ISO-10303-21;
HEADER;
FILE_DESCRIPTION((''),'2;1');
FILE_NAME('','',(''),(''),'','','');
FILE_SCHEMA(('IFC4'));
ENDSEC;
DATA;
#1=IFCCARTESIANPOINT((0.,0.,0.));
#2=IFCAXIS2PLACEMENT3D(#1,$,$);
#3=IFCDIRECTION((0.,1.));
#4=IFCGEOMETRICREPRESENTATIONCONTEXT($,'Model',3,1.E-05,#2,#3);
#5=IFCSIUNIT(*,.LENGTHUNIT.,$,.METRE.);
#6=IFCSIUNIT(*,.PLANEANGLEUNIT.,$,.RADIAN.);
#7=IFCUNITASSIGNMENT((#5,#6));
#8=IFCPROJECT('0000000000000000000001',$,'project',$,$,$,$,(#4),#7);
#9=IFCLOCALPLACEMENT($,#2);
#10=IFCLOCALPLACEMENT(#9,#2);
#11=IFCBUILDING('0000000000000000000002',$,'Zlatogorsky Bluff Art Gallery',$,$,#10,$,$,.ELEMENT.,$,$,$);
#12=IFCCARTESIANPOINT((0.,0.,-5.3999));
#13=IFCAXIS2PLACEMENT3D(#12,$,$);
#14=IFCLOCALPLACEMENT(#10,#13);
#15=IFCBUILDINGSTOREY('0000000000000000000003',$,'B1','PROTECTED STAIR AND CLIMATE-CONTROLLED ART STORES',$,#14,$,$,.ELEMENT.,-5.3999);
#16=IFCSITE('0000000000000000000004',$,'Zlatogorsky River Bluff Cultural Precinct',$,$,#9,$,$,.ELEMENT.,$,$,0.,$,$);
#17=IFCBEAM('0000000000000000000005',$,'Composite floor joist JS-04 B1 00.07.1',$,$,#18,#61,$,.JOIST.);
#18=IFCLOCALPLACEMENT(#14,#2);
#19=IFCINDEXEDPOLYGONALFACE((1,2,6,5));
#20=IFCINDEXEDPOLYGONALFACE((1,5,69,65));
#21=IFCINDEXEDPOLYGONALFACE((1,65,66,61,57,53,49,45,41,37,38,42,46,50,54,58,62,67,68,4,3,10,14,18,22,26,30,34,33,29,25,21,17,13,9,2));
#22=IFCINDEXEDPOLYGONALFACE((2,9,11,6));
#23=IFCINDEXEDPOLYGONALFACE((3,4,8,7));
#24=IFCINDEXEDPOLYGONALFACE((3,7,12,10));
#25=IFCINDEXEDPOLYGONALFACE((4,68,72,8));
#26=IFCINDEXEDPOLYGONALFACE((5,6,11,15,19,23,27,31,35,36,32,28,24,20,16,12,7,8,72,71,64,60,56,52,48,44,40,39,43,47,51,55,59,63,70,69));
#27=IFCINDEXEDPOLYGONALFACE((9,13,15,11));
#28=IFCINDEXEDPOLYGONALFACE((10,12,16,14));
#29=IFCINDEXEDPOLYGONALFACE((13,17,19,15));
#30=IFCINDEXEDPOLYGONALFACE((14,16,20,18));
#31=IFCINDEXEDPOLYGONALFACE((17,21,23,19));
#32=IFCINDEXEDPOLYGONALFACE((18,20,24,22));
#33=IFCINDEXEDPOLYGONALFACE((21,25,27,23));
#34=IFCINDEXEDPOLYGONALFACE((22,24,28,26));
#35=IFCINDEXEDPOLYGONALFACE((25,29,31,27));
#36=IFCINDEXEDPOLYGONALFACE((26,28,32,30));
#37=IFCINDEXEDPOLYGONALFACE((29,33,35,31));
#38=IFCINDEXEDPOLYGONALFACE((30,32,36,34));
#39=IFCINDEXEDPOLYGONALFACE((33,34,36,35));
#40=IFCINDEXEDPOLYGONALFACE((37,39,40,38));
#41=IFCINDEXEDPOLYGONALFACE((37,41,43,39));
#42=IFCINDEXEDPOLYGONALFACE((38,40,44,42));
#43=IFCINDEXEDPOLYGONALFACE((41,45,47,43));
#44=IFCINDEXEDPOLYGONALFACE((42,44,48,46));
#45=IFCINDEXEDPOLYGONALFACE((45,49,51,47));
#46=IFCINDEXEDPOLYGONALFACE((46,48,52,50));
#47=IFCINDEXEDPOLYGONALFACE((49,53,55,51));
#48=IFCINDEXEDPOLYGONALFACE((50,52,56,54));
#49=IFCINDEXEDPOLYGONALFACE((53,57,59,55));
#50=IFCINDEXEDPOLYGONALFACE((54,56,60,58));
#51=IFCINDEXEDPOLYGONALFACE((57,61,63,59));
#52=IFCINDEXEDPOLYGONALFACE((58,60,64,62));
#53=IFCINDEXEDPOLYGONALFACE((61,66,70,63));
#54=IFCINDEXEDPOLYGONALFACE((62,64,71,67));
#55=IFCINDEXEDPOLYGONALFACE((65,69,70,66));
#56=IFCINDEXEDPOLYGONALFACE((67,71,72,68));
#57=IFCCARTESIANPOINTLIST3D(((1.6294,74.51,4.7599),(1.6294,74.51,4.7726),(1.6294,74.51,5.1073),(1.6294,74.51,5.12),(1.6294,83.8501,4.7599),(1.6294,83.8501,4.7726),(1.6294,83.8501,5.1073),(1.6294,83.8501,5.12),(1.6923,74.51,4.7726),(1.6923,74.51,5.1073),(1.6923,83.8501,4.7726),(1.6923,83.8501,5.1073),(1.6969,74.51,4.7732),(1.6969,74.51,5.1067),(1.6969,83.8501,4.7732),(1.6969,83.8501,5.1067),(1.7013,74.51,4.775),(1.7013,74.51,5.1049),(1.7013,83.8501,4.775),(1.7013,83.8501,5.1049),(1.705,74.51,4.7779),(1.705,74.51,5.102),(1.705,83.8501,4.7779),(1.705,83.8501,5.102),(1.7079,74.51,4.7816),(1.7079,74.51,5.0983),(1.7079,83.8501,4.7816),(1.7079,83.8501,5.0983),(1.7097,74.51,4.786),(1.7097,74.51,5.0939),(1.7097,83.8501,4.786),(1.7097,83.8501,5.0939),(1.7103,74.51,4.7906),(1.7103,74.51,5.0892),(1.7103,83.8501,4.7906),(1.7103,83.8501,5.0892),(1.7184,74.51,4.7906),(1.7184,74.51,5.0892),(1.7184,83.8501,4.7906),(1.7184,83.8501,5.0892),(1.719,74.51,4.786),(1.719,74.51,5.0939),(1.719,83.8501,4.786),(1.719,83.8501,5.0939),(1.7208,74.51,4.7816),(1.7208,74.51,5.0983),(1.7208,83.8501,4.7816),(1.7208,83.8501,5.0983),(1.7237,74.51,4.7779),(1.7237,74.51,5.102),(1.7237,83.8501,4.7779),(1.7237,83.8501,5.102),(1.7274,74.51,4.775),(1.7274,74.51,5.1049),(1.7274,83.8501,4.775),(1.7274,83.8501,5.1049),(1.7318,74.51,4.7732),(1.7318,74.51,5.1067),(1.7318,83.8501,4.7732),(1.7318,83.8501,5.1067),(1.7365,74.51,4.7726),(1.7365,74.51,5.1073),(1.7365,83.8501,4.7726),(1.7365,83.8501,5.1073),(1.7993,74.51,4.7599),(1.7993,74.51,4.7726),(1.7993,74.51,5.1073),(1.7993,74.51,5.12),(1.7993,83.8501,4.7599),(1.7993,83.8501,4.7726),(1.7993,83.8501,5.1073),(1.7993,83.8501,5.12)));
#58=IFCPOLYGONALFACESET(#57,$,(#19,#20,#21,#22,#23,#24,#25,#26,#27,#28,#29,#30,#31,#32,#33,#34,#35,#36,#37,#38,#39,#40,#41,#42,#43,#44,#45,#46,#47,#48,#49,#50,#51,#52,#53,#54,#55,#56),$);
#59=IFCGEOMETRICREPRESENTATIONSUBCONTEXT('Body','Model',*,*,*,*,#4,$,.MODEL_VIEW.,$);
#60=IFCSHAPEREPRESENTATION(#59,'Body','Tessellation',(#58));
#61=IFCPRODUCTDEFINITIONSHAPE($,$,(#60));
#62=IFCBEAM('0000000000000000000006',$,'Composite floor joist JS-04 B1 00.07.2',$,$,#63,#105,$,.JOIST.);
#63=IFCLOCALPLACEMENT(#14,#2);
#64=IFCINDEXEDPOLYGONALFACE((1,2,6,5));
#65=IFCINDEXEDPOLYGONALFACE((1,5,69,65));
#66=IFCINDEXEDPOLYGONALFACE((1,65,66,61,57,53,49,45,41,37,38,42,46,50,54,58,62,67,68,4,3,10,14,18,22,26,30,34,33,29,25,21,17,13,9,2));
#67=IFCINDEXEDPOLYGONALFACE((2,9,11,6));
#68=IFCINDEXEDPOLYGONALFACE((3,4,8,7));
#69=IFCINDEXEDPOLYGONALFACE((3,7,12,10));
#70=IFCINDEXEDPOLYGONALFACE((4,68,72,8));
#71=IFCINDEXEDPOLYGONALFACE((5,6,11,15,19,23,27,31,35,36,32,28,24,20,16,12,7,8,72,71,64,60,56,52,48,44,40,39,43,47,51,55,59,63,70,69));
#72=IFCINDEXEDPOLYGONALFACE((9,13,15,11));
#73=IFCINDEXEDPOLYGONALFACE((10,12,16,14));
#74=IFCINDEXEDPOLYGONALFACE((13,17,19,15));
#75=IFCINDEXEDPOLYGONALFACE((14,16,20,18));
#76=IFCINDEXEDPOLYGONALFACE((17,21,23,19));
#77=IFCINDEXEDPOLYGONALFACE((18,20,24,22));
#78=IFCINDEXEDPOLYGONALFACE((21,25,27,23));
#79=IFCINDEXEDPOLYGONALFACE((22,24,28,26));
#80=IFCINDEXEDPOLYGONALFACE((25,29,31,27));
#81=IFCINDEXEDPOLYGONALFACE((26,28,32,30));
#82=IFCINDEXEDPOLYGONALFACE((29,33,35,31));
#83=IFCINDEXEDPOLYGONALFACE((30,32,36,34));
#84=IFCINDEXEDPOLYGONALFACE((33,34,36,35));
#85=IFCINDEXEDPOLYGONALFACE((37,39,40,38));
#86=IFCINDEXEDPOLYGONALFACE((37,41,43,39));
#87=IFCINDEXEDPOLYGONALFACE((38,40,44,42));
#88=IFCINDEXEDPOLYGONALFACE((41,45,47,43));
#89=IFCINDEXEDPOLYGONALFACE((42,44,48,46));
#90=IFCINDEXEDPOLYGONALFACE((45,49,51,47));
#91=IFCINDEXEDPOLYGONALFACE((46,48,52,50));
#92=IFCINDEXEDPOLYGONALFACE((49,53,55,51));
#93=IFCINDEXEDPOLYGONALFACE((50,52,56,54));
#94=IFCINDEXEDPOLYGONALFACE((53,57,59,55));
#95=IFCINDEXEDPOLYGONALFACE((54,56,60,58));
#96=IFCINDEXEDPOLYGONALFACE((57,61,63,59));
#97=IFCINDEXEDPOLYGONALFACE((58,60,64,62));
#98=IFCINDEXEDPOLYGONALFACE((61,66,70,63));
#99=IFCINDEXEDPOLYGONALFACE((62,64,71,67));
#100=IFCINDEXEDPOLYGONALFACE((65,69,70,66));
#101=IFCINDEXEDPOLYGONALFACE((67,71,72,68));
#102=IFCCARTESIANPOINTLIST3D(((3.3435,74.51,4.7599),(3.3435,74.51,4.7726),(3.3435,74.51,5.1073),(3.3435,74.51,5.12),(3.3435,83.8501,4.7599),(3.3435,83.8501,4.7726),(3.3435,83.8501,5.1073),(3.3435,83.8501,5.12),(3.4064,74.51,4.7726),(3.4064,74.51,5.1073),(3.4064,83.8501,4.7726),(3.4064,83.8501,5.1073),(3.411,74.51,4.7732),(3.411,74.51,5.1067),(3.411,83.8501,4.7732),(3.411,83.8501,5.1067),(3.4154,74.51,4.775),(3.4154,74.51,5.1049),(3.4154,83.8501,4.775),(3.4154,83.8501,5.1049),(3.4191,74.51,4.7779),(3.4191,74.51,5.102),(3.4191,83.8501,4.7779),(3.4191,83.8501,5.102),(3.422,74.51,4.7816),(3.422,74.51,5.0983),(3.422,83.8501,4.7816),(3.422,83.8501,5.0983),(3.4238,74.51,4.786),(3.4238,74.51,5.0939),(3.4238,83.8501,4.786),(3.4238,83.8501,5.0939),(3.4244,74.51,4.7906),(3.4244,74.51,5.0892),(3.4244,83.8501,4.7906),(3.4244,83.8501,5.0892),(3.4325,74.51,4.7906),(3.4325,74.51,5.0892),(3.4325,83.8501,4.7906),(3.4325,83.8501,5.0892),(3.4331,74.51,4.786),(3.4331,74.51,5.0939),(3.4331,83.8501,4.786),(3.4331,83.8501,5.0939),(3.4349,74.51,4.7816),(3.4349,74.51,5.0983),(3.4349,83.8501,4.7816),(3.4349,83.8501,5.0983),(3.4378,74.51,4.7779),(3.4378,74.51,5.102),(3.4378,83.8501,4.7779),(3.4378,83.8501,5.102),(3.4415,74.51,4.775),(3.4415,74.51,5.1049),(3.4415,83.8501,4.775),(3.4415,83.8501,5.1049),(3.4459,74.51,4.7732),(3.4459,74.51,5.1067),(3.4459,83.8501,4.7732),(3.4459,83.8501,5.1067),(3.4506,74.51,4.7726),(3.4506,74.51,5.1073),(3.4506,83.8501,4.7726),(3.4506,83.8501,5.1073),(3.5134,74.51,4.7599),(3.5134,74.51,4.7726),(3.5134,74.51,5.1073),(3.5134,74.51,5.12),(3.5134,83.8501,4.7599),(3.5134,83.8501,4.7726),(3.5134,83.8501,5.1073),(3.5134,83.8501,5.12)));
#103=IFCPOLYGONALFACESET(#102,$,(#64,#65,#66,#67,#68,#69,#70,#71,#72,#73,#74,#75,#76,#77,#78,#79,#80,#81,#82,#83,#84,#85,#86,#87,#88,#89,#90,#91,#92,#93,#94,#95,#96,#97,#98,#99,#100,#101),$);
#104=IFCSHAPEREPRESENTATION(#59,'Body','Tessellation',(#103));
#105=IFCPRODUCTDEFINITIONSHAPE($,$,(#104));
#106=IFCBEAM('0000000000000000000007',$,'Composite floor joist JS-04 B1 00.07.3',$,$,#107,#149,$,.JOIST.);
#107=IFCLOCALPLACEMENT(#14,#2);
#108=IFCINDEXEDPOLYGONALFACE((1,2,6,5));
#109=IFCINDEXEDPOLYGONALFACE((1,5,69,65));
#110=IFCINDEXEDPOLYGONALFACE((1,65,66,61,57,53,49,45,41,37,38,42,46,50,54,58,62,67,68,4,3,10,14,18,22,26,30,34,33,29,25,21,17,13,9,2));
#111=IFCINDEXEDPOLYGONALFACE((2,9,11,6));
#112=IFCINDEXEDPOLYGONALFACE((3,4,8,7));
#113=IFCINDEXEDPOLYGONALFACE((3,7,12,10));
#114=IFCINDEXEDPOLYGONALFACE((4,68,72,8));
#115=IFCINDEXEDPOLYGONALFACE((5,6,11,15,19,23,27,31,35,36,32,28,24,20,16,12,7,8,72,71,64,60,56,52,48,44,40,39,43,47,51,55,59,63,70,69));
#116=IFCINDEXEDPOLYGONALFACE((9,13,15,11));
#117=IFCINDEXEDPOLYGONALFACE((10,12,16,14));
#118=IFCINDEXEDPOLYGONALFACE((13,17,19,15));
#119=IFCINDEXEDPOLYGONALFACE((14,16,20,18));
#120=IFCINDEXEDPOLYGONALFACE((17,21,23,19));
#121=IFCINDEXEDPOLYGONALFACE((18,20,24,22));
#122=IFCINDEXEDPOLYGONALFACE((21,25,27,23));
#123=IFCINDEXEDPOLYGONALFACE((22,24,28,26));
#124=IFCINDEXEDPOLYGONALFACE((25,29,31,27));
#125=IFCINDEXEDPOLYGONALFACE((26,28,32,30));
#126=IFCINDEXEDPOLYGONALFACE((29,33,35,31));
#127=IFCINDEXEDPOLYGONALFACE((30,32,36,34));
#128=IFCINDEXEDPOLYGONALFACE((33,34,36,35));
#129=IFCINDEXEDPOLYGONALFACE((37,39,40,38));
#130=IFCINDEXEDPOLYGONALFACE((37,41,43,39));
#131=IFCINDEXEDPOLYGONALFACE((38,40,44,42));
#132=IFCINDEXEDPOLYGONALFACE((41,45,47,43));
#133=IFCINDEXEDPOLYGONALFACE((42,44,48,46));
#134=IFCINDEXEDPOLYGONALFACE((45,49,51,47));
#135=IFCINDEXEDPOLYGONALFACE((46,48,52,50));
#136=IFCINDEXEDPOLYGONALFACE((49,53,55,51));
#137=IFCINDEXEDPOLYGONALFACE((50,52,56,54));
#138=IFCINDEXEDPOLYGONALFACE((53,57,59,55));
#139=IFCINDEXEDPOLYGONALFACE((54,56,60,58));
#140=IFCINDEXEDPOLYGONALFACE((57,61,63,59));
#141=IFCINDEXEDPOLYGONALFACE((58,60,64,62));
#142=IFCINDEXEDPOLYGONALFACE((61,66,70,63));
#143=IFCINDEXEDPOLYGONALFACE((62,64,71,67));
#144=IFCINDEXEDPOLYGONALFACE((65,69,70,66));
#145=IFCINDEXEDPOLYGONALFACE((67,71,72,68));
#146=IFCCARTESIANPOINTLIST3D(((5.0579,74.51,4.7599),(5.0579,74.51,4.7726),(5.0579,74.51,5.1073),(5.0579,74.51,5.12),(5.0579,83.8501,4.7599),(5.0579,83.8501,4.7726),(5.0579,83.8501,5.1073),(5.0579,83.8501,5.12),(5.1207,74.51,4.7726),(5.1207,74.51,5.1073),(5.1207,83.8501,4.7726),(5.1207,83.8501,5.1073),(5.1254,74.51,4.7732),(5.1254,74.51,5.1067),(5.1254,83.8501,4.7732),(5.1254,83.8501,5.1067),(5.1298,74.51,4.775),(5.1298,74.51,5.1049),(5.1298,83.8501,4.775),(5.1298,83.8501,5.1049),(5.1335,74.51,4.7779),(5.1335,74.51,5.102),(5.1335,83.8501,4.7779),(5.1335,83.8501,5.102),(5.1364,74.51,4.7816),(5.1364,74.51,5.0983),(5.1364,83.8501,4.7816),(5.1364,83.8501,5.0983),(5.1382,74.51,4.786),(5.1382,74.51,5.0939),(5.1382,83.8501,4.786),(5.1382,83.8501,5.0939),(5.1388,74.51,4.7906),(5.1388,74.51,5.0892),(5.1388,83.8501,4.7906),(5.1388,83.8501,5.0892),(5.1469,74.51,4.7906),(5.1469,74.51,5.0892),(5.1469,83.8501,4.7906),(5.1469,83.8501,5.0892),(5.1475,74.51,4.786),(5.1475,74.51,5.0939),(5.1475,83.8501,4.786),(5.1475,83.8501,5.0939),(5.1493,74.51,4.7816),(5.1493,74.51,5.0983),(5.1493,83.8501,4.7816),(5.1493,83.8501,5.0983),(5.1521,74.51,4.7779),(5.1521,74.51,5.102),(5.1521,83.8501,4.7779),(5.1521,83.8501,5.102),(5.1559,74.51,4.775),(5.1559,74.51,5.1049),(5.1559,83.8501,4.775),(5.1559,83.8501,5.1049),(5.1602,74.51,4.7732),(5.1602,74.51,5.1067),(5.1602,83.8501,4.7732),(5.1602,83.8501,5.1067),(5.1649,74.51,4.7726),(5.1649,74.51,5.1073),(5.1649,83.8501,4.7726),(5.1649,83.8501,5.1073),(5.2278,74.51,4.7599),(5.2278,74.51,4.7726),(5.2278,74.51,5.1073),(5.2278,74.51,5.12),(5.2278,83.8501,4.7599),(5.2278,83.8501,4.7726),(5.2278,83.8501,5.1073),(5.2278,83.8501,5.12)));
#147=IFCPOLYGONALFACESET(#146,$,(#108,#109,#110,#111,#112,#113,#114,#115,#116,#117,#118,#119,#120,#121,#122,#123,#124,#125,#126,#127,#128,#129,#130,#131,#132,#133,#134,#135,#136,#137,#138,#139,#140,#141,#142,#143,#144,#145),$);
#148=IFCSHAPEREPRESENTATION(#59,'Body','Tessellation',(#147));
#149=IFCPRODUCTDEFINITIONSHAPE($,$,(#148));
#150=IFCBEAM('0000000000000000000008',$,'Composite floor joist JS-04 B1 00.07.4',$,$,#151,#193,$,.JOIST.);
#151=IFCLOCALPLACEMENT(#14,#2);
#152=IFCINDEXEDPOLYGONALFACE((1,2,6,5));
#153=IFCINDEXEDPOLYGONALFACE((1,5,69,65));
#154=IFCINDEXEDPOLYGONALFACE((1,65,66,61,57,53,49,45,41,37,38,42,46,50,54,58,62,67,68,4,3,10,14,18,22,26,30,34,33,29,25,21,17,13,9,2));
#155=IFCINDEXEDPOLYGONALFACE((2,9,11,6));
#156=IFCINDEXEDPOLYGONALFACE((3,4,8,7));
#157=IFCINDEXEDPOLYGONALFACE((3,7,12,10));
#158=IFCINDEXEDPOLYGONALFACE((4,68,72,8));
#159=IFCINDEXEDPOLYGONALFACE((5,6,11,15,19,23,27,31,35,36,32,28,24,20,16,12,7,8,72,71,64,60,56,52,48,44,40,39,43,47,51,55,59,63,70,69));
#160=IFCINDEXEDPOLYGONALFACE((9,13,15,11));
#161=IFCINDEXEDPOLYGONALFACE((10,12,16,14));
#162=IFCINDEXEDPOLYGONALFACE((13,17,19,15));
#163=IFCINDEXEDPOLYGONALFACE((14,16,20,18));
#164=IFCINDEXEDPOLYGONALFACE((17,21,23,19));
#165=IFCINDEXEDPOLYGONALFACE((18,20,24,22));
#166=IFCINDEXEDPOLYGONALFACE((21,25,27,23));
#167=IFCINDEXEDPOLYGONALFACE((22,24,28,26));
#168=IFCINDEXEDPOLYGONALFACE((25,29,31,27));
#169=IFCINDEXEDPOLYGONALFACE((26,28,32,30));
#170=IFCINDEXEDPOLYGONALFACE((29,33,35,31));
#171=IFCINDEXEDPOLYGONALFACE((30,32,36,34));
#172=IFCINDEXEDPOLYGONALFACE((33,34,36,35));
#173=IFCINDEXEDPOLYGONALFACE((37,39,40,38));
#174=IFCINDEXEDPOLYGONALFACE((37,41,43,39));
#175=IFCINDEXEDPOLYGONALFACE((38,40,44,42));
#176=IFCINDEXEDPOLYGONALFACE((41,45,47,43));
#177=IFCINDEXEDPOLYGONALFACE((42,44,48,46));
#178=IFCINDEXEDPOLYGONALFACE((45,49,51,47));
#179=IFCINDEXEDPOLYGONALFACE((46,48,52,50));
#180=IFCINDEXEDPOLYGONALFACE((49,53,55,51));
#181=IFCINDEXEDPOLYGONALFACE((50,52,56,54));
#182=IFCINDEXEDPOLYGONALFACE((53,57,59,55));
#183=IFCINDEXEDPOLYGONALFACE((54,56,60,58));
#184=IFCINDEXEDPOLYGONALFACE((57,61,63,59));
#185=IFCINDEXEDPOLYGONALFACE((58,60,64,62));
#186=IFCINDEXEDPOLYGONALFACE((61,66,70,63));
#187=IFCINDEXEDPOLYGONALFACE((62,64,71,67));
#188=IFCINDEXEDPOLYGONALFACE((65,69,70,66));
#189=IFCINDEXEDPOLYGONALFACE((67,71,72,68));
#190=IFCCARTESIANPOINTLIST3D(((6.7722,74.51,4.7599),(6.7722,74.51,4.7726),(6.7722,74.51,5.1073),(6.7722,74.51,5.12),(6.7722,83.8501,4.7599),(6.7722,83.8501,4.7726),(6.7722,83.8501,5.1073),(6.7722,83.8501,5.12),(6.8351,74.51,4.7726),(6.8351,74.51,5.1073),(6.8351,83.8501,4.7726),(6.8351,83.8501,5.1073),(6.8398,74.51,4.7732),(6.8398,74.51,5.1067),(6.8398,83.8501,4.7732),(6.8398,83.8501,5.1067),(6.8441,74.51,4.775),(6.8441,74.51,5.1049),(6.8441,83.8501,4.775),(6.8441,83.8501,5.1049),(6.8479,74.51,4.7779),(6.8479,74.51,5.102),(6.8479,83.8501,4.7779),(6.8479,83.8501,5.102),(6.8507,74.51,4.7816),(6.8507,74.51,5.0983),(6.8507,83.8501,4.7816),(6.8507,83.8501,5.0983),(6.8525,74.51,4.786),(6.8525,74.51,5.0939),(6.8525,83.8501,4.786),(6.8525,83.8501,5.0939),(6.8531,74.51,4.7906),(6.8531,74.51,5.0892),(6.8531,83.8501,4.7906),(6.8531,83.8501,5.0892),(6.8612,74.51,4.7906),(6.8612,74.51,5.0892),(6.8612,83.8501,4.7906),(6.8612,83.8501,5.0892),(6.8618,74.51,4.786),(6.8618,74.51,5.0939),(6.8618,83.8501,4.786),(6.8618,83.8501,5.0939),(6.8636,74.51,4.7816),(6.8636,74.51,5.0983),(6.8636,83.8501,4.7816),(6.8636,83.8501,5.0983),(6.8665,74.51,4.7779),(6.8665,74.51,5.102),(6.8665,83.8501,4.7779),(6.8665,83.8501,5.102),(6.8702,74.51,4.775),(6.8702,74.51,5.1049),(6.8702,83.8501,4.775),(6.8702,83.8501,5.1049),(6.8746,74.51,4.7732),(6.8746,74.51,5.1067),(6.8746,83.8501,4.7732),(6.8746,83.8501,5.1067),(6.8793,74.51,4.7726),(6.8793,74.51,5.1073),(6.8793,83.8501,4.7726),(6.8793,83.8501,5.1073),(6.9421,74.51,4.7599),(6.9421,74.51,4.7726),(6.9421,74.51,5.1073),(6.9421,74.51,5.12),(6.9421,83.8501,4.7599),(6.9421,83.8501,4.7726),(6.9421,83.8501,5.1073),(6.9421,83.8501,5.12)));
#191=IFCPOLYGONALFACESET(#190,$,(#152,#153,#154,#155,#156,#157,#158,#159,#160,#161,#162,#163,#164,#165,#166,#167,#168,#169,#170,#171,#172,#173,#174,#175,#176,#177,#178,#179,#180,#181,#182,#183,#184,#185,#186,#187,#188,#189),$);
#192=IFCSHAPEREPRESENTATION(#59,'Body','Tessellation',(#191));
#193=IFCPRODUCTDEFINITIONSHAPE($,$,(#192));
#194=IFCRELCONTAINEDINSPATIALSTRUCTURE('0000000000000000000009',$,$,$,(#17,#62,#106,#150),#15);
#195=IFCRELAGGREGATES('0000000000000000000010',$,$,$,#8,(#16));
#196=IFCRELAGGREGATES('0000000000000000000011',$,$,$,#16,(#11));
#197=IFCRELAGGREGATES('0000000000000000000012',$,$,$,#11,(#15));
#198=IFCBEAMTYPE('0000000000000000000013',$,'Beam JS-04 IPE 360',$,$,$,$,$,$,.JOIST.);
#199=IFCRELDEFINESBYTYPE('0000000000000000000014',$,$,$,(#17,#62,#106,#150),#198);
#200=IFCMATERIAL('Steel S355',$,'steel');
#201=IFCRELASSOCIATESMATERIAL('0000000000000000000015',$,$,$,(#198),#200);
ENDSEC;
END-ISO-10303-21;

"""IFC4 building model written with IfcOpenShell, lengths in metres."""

from ifc_helpers import new_model, si_unit, direction, frame, origin, origin_2d, place, context, subcontext, project, spatial, i_section, extrude, material, material_profile, profile_set, type_object, element, save


model = new_model("IFC4")

# Units and contexts
model_context = context("Model", 3, precision=1e-05, world=origin(), true_north=direction((0.0, 1.0)))
body_context = subcontext(model_context, "Body", "Model", "MODEL_VIEW")
ifc_project = project(units=[si_unit("LENGTHUNIT", "METRE"), si_unit("PLANEANGLEUNIT", "RADIAN")], contexts=[model_context])

# Site, building, storey
site_placement = place(None, origin())
site = spatial("IfcSite", under=ifc_project, at=site_placement, Name="Zlatogorsky River Bluff Cultural Precinct", CompositionType="ELEMENT", RefElevation=0.0)
building_placement = place(site_placement, origin())
building = spatial("IfcBuilding", under=site, at=building_placement, Name="Zlatogorsky Bluff Art Gallery", CompositionType="ELEMENT")
storey_placement = place(building_placement, frame((0.0, 0.0, -5.3999)))
storey = spatial("IfcBuildingStorey", under=building, at=storey_placement, Name="B1", Description="PROTECTED STAIR AND CLIMATE-CONTROLLED ART STORES", CompositionType="ELEMENT", Elevation=-5.3999)

# Shared definitions
ifc_material_1 = material(Name="Steel S355", Category="steel")

# Beams
ifc_material_profile_1 = material_profile(ifc_material_1, i_section(OverallWidth=0.1699, OverallDepth=0.3601, WebThickness=0.0081, FlangeThickness=0.0127, FilletRadius=0.0181, at=origin_2d()), Name="IPE 360")
ifc_profile_set_1 = profile_set([ifc_material_profile_1], Name="Steel S355")
beam_type_1 = type_object("IfcBeamType", Name="Beam JS-04 IPE 360", PredefinedType="JOIST", material=ifc_profile_set_1)
for number, where, z_axis, x_axis, name in (
    (1, (1.7144, 74.51, 4.9399), (0.0, 1.0, 0.0), (-1.0, 0.0, 0.0), "Composite floor joist JS-04 B1 00.07.1"),
    (2, (3.4285, 74.51, 4.9399), (0.0, 1.0, 0.0), (-1.0, 0.0, 0.0), "Composite floor joist JS-04 B1 00.07.2"),
    (3, (5.1428, 74.51, 4.9399), (0.0, 1.0, 0.0), (-1.0, 0.0, 0.0), "Composite floor joist JS-04 B1 00.07.3"),
    (4, (6.8572, 74.51, 4.9399), (0.0, 1.0, 0.0), (-1.0, 0.0, 0.0), "Composite floor joist JS-04 B1 00.07.4"),
):
    element("IfcBeam", number, at=place(storey_placement, frame(where, z_axis=z_axis, x_axis=x_axis)), inside=storey, type_object=beam_type_1, Name=name, PredefinedType="JOIST", context=body_context, shape_type="SweptSolid", body=[
        extrude(i_section(OverallWidth=0.1699, OverallDepth=0.3601, WebThickness=0.0081, FlangeThickness=0.0127, FilletRadius=0.0181, at=origin_2d()), origin(), (0.0, 0.0, 1.0), 9.3401),
    ])

save(model, "model.ifc")
